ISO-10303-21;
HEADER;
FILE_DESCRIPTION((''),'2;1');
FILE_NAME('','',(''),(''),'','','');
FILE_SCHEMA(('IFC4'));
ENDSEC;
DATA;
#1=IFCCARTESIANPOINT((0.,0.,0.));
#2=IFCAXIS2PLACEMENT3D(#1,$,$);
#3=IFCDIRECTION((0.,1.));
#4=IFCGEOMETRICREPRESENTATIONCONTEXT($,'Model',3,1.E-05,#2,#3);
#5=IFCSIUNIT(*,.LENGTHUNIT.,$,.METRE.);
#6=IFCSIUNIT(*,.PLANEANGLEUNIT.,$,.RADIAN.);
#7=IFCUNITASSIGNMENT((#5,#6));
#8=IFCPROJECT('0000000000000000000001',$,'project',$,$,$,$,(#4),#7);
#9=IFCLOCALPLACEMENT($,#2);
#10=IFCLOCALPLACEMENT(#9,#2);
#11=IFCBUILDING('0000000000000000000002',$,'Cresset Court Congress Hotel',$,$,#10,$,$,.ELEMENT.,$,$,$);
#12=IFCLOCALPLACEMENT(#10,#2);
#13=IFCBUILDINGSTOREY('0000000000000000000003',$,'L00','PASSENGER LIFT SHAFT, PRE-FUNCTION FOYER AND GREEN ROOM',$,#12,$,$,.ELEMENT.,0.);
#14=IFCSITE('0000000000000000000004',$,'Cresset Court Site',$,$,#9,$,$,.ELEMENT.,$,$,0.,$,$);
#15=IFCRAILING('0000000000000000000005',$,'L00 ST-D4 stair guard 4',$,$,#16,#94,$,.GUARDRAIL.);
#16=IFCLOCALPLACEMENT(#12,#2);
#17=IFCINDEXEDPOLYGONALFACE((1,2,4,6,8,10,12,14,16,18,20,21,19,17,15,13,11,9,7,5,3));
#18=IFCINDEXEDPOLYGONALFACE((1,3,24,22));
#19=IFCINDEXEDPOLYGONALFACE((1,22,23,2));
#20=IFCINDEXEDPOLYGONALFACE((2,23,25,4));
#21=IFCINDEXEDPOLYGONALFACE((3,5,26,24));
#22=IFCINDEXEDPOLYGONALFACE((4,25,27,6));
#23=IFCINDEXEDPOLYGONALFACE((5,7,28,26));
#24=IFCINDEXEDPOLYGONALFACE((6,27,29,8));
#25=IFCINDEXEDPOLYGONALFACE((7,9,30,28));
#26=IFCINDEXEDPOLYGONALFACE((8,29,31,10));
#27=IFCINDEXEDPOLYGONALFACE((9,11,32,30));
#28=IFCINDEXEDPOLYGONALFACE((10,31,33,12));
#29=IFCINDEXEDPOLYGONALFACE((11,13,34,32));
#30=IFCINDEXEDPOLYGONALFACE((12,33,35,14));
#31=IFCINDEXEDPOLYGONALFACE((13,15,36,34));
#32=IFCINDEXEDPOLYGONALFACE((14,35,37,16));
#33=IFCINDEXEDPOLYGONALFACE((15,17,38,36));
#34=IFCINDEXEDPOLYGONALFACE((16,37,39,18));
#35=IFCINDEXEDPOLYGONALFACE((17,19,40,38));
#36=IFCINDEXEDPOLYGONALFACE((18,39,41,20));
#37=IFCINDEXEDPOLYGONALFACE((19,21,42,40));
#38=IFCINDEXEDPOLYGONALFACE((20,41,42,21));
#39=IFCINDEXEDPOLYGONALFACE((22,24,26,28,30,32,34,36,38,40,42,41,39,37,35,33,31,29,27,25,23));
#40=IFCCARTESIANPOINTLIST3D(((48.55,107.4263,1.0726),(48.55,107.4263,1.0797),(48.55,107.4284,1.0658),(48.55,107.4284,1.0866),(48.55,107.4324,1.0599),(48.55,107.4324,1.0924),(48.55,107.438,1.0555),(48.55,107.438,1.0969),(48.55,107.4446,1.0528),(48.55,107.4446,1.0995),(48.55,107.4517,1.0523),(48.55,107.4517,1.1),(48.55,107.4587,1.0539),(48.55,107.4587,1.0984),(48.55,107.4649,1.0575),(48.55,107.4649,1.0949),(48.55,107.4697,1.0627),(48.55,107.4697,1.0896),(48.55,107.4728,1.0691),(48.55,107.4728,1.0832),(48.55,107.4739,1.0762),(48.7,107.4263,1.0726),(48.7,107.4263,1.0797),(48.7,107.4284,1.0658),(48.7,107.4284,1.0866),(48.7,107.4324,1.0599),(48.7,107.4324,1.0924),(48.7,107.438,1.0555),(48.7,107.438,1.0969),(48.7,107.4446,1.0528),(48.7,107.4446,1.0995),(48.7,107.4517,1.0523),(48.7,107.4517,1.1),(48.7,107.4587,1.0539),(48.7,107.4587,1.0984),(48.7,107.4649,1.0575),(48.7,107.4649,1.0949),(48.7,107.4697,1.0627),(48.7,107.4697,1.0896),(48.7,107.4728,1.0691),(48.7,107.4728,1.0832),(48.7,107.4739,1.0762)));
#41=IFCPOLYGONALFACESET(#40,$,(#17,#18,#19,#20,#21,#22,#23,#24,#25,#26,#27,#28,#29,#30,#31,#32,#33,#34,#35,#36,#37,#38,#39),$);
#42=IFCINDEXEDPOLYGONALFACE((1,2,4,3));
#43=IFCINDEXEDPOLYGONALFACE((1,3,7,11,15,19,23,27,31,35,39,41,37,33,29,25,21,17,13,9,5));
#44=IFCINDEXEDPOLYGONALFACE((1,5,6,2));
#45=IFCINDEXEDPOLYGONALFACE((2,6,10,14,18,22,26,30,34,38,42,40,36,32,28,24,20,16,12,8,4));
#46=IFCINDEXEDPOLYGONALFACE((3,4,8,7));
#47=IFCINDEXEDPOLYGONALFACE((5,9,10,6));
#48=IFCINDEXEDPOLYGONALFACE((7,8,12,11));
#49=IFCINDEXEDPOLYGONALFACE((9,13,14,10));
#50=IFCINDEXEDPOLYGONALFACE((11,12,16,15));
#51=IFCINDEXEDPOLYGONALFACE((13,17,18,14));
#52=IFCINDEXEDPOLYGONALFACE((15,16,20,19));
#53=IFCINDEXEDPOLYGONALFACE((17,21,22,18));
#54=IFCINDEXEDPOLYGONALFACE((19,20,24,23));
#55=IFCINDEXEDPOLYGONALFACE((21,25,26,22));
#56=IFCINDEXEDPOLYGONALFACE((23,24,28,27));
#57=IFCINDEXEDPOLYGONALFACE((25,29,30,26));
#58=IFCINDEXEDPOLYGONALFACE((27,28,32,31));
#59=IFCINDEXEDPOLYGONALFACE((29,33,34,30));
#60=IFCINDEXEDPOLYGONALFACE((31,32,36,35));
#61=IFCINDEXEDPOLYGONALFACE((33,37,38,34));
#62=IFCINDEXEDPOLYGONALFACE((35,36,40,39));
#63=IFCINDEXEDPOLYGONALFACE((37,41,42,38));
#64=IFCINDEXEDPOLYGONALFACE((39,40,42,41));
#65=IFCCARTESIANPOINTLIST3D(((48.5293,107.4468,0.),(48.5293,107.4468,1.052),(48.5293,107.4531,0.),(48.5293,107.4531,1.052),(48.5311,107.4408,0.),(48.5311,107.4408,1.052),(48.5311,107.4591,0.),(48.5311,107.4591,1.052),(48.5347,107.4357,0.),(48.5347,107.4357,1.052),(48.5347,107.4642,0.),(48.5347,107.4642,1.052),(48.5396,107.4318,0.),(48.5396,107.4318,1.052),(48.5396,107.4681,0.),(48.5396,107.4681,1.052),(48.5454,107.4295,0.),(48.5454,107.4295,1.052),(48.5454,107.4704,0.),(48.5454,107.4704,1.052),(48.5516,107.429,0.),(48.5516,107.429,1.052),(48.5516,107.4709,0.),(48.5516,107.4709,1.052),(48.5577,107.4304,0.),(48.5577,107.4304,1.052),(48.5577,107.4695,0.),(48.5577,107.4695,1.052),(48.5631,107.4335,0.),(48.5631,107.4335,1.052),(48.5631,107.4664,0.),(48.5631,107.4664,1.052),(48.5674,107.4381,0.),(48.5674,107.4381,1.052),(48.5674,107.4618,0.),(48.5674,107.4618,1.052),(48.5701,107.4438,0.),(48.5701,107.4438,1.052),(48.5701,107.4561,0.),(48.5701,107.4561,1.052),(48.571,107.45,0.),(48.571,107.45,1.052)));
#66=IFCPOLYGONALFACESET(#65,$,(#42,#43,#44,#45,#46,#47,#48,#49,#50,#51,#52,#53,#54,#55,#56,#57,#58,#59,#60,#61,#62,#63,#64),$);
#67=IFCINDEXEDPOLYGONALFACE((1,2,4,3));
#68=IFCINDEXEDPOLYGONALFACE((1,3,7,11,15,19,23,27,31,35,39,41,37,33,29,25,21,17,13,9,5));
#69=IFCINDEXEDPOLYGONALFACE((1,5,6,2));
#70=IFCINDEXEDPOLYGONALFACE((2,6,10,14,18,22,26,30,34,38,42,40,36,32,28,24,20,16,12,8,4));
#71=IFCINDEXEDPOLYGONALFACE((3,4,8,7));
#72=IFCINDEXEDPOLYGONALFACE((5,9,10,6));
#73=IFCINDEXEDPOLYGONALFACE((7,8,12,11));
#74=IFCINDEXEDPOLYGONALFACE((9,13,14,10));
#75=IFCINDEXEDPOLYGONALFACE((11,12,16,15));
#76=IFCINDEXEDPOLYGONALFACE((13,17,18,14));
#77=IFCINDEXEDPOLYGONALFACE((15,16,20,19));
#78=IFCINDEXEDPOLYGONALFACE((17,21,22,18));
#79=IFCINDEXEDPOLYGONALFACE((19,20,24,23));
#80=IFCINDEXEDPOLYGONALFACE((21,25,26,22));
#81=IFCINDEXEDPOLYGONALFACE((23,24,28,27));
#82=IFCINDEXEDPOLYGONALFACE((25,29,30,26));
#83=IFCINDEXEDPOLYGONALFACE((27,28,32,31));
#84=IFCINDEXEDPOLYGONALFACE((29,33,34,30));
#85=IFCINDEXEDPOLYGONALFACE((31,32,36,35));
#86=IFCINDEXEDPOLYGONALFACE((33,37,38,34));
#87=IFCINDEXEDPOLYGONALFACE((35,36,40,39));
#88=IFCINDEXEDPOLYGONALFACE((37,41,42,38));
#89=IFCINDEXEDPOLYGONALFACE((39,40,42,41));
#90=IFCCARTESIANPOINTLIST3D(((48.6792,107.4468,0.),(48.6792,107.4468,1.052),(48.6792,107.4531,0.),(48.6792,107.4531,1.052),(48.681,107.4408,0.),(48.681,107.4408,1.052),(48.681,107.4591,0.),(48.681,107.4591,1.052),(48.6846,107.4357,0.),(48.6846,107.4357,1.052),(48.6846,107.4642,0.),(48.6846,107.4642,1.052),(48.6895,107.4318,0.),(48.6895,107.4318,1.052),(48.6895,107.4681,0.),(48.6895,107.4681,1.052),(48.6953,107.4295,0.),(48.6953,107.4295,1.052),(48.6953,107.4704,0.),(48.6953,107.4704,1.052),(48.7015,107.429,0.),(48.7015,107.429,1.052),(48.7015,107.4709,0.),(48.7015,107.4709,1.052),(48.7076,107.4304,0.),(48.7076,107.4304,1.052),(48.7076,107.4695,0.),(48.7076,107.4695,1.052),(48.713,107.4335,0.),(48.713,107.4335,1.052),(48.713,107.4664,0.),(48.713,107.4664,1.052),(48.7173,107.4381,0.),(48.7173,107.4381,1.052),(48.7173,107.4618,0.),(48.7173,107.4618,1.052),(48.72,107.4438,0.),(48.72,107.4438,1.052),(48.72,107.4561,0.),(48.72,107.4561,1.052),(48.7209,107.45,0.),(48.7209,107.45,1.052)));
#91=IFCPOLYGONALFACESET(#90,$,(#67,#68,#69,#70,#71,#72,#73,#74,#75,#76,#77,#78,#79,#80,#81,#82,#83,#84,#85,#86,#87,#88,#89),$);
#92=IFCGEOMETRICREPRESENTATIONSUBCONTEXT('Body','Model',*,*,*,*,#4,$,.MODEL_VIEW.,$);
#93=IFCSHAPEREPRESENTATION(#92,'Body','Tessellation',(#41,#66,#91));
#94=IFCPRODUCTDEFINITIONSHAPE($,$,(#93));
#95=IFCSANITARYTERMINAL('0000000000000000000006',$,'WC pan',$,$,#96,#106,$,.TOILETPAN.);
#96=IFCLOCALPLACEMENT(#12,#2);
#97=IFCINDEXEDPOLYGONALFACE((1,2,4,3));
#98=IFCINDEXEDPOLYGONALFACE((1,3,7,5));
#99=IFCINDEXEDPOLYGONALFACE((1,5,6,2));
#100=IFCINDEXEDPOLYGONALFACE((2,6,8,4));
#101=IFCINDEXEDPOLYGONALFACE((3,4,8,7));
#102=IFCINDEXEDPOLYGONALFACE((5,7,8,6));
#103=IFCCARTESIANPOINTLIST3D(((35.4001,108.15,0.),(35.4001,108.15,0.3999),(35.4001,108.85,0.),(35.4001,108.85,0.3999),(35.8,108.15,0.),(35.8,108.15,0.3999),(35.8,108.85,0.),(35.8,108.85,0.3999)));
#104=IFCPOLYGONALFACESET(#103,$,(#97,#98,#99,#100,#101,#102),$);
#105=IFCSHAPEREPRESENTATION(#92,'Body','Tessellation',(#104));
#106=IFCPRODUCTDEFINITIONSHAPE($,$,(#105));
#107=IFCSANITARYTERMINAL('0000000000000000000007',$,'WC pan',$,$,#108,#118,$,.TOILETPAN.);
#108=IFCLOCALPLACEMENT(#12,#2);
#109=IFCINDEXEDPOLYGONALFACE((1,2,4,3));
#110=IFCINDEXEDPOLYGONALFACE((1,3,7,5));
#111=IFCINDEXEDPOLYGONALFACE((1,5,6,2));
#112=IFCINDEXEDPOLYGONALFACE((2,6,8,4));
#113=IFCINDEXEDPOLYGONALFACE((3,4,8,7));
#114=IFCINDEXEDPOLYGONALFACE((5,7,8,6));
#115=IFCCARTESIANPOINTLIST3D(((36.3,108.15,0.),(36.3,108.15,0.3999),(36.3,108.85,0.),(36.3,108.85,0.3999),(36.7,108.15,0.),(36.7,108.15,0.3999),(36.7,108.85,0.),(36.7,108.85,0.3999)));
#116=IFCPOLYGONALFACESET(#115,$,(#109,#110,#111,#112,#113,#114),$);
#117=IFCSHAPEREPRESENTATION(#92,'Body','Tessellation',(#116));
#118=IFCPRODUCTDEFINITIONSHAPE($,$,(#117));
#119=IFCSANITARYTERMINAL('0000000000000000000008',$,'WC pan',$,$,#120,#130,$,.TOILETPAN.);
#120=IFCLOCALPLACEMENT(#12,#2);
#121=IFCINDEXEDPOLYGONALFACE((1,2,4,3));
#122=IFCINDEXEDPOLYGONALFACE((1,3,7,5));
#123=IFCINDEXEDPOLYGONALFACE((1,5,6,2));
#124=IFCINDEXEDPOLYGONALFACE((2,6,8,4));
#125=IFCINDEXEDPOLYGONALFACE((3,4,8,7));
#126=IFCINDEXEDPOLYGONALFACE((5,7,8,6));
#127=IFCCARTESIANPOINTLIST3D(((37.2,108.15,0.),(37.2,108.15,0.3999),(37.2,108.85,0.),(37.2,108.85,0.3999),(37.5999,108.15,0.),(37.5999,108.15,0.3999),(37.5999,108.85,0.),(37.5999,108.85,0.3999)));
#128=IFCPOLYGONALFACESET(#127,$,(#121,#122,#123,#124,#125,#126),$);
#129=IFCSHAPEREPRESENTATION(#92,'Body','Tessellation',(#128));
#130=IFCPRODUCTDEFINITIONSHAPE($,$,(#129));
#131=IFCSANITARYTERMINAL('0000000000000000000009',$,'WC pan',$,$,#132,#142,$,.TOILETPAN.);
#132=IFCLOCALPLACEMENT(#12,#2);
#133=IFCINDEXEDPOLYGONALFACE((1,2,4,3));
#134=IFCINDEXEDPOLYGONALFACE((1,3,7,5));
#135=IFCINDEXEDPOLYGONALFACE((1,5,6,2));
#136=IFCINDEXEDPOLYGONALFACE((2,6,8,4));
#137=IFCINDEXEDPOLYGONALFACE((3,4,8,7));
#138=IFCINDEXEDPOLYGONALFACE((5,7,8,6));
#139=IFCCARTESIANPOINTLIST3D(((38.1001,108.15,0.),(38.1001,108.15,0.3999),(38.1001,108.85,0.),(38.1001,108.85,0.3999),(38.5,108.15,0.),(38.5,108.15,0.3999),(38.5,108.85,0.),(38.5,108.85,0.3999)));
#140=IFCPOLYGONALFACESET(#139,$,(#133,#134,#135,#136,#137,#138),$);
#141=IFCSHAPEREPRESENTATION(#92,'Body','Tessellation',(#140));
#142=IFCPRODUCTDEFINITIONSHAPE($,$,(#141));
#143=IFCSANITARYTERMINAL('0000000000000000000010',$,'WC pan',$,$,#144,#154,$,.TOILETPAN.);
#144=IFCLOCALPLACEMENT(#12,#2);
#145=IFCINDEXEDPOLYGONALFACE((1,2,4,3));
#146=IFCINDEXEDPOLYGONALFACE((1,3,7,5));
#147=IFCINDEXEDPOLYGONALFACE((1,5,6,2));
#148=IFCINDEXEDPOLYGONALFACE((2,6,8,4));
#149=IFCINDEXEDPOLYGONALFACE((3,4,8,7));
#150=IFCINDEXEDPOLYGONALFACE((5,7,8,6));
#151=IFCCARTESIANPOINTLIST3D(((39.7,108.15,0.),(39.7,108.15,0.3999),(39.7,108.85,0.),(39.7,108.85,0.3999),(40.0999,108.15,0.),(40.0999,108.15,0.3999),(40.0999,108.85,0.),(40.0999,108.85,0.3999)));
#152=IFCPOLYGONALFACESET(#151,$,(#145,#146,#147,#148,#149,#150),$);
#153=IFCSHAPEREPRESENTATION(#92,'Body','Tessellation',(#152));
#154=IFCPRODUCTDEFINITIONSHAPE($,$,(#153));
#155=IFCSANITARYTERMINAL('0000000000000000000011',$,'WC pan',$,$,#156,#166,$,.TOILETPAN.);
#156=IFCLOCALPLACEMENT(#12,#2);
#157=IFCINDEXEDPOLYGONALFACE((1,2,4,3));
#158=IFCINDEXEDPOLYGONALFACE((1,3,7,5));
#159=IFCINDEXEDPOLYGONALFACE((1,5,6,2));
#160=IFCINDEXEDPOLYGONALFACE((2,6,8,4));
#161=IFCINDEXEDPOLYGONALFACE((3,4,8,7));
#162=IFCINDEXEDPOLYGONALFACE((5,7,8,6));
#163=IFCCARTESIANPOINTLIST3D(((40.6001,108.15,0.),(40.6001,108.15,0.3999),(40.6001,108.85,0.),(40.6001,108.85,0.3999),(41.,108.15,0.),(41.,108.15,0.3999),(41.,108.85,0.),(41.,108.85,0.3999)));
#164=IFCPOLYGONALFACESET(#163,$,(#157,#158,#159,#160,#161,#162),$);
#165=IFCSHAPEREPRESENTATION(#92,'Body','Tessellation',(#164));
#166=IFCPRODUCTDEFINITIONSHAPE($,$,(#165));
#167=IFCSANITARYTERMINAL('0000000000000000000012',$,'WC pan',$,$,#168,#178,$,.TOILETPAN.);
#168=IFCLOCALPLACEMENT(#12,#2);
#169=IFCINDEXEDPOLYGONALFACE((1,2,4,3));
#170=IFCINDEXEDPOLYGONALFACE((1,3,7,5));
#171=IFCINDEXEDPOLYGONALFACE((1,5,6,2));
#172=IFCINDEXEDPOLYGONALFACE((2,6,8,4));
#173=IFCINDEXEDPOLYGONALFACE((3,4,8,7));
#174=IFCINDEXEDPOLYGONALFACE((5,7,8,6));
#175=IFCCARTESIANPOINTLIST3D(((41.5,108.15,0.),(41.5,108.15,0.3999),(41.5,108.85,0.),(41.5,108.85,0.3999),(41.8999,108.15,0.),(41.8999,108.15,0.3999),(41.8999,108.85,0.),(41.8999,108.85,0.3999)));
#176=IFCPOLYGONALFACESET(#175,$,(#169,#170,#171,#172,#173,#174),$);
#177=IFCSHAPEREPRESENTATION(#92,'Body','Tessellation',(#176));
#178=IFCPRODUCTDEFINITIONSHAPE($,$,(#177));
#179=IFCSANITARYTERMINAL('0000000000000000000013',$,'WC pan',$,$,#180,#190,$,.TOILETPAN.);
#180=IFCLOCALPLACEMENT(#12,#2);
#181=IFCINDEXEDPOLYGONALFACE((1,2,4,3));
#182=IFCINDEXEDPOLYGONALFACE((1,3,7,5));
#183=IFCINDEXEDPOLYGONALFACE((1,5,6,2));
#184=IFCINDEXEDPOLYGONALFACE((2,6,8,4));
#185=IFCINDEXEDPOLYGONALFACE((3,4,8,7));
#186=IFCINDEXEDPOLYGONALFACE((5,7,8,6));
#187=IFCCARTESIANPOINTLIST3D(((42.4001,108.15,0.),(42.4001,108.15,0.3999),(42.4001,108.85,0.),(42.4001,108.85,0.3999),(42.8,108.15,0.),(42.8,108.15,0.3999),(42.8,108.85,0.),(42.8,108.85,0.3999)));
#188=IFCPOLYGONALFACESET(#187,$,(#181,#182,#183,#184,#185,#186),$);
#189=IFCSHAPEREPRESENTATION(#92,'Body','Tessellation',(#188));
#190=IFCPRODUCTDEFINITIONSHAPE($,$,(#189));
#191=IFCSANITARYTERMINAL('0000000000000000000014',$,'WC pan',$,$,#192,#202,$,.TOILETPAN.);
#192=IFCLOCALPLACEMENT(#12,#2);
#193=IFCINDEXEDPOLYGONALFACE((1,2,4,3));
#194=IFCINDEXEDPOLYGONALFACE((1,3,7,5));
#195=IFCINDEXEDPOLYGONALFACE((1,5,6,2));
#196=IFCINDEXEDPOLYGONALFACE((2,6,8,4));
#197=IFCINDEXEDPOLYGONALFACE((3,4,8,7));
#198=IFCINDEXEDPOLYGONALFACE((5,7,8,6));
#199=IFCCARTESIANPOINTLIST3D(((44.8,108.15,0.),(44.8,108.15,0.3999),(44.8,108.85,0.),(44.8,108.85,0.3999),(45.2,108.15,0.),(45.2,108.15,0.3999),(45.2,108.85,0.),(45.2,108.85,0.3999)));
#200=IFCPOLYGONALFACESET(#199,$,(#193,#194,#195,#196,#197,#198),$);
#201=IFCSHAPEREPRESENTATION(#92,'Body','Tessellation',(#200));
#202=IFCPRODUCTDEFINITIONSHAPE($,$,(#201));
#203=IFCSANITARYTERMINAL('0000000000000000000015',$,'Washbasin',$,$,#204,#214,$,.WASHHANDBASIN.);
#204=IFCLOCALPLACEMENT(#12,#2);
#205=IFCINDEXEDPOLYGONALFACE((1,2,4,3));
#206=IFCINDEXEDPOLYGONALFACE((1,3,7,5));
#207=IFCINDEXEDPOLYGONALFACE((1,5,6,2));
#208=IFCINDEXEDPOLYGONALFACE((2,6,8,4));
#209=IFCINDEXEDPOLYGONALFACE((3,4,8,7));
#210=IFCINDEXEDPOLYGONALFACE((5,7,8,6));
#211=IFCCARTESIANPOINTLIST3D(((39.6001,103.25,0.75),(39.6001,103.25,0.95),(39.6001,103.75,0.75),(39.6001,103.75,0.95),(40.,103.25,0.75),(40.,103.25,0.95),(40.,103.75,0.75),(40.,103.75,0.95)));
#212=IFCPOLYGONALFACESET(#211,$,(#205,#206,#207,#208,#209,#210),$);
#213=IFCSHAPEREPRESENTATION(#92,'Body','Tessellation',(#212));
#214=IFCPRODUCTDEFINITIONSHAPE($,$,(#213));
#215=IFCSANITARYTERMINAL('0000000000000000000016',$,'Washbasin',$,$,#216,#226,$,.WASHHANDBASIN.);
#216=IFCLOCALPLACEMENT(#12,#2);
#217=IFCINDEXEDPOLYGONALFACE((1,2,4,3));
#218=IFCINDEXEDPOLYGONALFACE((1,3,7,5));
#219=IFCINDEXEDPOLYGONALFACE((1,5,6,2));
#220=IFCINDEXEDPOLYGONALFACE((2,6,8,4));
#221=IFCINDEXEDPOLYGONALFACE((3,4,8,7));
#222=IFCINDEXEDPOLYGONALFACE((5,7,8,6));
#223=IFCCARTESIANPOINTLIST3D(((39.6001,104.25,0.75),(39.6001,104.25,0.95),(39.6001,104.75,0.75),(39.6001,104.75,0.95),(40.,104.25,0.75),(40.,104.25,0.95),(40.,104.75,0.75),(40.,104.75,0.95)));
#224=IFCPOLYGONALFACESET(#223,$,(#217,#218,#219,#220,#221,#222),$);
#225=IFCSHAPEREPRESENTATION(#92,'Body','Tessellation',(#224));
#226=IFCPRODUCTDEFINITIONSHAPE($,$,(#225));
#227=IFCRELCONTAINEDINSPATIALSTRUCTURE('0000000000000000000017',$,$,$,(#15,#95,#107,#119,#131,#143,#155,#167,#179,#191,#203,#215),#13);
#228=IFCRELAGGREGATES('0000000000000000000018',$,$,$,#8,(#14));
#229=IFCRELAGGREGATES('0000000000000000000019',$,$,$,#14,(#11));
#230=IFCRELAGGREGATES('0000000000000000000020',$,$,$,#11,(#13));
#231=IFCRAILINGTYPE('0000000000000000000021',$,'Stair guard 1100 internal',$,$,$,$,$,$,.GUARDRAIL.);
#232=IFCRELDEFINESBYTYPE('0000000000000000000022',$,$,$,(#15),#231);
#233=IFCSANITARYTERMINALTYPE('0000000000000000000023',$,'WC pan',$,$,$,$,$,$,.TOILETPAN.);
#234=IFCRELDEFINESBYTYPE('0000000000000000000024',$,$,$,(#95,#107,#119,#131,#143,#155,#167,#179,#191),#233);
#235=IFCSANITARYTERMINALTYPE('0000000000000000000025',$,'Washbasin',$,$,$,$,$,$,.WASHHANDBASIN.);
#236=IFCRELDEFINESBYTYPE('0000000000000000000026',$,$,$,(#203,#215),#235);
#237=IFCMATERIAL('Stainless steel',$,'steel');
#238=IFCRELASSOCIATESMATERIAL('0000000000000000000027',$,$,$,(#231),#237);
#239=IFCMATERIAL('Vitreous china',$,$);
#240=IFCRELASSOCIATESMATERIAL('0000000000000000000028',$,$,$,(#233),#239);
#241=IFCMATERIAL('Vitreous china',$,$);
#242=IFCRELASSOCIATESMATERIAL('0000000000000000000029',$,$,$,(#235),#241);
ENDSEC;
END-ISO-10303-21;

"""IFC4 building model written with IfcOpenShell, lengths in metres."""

from ifc_helpers import new_model, si_unit, direction, frame, origin, origin_2d, place, context, subcontext, project, spatial, rectangle, circle, extrude, material, type_object, element, save


model = new_model("IFC4")

# Units and contexts
model_context = context("Model", 3, precision=1e-05, world=origin(), true_north=direction((0.0, 1.0)))
body_context = subcontext(model_context, "Body", "Model", "MODEL_VIEW")
ifc_project = project(units=[si_unit("LENGTHUNIT", "METRE"), si_unit("PLANEANGLEUNIT", "RADIAN")], contexts=[model_context])

# Site, building, storey
site_placement = place(None, origin())
site = spatial("IfcSite", under=ifc_project, at=site_placement, Name="Cresset Court Site", CompositionType="ELEMENT", RefElevation=0.0)
building_placement = place(site_placement, origin())
building = spatial("IfcBuilding", under=site, at=building_placement, Name="Cresset Court Congress Hotel", CompositionType="ELEMENT")
storey_placement = place(building_placement, origin())
storey = spatial("IfcBuildingStorey", under=building, at=storey_placement, Name="L00", Description="PASSENGER LIFT SHAFT, PRE-FUNCTION FOYER AND GREEN ROOM", CompositionType="ELEMENT", Elevation=0.0)

# Railing
ifc_material_1 = material(Name="Stainless steel", Category="steel")
railing_type_1 = type_object("IfcRailingType", Name="Stair guard 1100 internal", PredefinedType="GUARDRAIL", material=ifc_material_1)
railing_1_placement = place(storey_placement, frame((48.55, 107.45, 0.0)))
element("IfcRailing", 1, at=railing_1_placement, inside=storey, type_object=railing_type_1, Name="L00 ST-D4 stair guard 4", PredefinedType="GUARDRAIL", context=body_context, shape_type="SweptSolid", body=[
    extrude(circle(Radius=0.0239, at=origin_2d()), frame((0.0, 0.0, 1.0762), z_axis=(1.0, 0.0, 0.0), x_axis=(0.0, 1.0, 0.0)), (0.0, 0.0, 1.0), 0.1499),
    extrude(circle(Radius=0.021, at=origin_2d()), origin(), (0.0, 0.0, 1.0), 1.052),
    extrude(circle(Radius=0.021, at=origin_2d()), frame((0.1499, 0.0, 0.0)), (0.0, 0.0, 1.0), 1.052),
])

# Sanitary terminals
ifc_material_2 = material(Name="Vitreous china")
sanitary_terminal_type_1 = type_object("IfcSanitaryTerminalType", Name="WC pan", PredefinedType="TOILETPAN", material=ifc_material_2)
for number, where, z_axis, x_axis, name in (
    (2, (35.6001, 108.5, 0.0), (0.0, 0.0, 1.0), (1.0, 0.0, 0.0), "WC pan"),
    (3, (36.5, 108.5, 0.0), (0.0, 0.0, 1.0), (1.0, 0.0, 0.0), "WC pan"),
    (4, (37.3999, 108.5, 0.0), (0.0, 0.0, 1.0), (1.0, 0.0, 0.0), "WC pan"),
    (5, (38.3, 108.5, 0.0), (0.0, 0.0, 1.0), (1.0, 0.0, 0.0), "WC pan"),
    (6, (39.8999, 108.5, 0.0), (0.0, 0.0, 1.0), (1.0, 0.0, 0.0), "WC pan"),
    (7, (40.8, 108.5, 0.0), (0.0, 0.0, 1.0), (1.0, 0.0, 0.0), "WC pan"),
    (8, (41.7, 108.5, 0.0), (0.0, 0.0, 1.0), (1.0, 0.0, 0.0), "WC pan"),
    (9, (42.6001, 108.5, 0.0), (0.0, 0.0, 1.0), (1.0, 0.0, 0.0), "WC pan"),
    (10, (45.0, 108.5, 0.0), (0.0, 0.0, 1.0), (1.0, 0.0, 0.0), "WC pan"),
):
    element("IfcSanitaryTerminal", number, at=place(storey_placement, frame(where, z_axis=z_axis, x_axis=x_axis)), inside=storey, type_object=sanitary_terminal_type_1, Name=name, PredefinedType="TOILETPAN", context=body_context, shape_type="SweptSolid", body=[
        extrude(rectangle(XDim=0.3999, YDim=0.7, at=origin_2d()), origin(), (0.0, 0.0, 1.0), 0.3999),
    ])
ifc_material_3 = material(Name="Vitreous china")
sanitary_terminal_type_2 = type_object("IfcSanitaryTerminalType", Name="Washbasin", PredefinedType="WASHHANDBASIN", material=ifc_material_3)
for number, where, z_axis, x_axis, name in (
    (11, (39.8, 103.5, 0.75), (0.0, 0.0, 1.0), (0.0, 1.0, 0.0), "Washbasin"),
    (12, (39.8, 104.5, 0.75), (0.0, 0.0, 1.0), (0.0, 1.0, 0.0), "Washbasin"),
):
    element("IfcSanitaryTerminal", number, at=place(storey_placement, frame(where, z_axis=z_axis, x_axis=x_axis)), inside=storey, type_object=sanitary_terminal_type_2, Name=name, PredefinedType="WASHHANDBASIN", context=body_context, shape_type="SweptSolid", body=[
        extrude(rectangle(XDim=0.5, YDim=0.3999, at=origin_2d()), origin(), (0.0, 0.0, 1.0), 0.2),
    ])

save(model, "model.ifc")
